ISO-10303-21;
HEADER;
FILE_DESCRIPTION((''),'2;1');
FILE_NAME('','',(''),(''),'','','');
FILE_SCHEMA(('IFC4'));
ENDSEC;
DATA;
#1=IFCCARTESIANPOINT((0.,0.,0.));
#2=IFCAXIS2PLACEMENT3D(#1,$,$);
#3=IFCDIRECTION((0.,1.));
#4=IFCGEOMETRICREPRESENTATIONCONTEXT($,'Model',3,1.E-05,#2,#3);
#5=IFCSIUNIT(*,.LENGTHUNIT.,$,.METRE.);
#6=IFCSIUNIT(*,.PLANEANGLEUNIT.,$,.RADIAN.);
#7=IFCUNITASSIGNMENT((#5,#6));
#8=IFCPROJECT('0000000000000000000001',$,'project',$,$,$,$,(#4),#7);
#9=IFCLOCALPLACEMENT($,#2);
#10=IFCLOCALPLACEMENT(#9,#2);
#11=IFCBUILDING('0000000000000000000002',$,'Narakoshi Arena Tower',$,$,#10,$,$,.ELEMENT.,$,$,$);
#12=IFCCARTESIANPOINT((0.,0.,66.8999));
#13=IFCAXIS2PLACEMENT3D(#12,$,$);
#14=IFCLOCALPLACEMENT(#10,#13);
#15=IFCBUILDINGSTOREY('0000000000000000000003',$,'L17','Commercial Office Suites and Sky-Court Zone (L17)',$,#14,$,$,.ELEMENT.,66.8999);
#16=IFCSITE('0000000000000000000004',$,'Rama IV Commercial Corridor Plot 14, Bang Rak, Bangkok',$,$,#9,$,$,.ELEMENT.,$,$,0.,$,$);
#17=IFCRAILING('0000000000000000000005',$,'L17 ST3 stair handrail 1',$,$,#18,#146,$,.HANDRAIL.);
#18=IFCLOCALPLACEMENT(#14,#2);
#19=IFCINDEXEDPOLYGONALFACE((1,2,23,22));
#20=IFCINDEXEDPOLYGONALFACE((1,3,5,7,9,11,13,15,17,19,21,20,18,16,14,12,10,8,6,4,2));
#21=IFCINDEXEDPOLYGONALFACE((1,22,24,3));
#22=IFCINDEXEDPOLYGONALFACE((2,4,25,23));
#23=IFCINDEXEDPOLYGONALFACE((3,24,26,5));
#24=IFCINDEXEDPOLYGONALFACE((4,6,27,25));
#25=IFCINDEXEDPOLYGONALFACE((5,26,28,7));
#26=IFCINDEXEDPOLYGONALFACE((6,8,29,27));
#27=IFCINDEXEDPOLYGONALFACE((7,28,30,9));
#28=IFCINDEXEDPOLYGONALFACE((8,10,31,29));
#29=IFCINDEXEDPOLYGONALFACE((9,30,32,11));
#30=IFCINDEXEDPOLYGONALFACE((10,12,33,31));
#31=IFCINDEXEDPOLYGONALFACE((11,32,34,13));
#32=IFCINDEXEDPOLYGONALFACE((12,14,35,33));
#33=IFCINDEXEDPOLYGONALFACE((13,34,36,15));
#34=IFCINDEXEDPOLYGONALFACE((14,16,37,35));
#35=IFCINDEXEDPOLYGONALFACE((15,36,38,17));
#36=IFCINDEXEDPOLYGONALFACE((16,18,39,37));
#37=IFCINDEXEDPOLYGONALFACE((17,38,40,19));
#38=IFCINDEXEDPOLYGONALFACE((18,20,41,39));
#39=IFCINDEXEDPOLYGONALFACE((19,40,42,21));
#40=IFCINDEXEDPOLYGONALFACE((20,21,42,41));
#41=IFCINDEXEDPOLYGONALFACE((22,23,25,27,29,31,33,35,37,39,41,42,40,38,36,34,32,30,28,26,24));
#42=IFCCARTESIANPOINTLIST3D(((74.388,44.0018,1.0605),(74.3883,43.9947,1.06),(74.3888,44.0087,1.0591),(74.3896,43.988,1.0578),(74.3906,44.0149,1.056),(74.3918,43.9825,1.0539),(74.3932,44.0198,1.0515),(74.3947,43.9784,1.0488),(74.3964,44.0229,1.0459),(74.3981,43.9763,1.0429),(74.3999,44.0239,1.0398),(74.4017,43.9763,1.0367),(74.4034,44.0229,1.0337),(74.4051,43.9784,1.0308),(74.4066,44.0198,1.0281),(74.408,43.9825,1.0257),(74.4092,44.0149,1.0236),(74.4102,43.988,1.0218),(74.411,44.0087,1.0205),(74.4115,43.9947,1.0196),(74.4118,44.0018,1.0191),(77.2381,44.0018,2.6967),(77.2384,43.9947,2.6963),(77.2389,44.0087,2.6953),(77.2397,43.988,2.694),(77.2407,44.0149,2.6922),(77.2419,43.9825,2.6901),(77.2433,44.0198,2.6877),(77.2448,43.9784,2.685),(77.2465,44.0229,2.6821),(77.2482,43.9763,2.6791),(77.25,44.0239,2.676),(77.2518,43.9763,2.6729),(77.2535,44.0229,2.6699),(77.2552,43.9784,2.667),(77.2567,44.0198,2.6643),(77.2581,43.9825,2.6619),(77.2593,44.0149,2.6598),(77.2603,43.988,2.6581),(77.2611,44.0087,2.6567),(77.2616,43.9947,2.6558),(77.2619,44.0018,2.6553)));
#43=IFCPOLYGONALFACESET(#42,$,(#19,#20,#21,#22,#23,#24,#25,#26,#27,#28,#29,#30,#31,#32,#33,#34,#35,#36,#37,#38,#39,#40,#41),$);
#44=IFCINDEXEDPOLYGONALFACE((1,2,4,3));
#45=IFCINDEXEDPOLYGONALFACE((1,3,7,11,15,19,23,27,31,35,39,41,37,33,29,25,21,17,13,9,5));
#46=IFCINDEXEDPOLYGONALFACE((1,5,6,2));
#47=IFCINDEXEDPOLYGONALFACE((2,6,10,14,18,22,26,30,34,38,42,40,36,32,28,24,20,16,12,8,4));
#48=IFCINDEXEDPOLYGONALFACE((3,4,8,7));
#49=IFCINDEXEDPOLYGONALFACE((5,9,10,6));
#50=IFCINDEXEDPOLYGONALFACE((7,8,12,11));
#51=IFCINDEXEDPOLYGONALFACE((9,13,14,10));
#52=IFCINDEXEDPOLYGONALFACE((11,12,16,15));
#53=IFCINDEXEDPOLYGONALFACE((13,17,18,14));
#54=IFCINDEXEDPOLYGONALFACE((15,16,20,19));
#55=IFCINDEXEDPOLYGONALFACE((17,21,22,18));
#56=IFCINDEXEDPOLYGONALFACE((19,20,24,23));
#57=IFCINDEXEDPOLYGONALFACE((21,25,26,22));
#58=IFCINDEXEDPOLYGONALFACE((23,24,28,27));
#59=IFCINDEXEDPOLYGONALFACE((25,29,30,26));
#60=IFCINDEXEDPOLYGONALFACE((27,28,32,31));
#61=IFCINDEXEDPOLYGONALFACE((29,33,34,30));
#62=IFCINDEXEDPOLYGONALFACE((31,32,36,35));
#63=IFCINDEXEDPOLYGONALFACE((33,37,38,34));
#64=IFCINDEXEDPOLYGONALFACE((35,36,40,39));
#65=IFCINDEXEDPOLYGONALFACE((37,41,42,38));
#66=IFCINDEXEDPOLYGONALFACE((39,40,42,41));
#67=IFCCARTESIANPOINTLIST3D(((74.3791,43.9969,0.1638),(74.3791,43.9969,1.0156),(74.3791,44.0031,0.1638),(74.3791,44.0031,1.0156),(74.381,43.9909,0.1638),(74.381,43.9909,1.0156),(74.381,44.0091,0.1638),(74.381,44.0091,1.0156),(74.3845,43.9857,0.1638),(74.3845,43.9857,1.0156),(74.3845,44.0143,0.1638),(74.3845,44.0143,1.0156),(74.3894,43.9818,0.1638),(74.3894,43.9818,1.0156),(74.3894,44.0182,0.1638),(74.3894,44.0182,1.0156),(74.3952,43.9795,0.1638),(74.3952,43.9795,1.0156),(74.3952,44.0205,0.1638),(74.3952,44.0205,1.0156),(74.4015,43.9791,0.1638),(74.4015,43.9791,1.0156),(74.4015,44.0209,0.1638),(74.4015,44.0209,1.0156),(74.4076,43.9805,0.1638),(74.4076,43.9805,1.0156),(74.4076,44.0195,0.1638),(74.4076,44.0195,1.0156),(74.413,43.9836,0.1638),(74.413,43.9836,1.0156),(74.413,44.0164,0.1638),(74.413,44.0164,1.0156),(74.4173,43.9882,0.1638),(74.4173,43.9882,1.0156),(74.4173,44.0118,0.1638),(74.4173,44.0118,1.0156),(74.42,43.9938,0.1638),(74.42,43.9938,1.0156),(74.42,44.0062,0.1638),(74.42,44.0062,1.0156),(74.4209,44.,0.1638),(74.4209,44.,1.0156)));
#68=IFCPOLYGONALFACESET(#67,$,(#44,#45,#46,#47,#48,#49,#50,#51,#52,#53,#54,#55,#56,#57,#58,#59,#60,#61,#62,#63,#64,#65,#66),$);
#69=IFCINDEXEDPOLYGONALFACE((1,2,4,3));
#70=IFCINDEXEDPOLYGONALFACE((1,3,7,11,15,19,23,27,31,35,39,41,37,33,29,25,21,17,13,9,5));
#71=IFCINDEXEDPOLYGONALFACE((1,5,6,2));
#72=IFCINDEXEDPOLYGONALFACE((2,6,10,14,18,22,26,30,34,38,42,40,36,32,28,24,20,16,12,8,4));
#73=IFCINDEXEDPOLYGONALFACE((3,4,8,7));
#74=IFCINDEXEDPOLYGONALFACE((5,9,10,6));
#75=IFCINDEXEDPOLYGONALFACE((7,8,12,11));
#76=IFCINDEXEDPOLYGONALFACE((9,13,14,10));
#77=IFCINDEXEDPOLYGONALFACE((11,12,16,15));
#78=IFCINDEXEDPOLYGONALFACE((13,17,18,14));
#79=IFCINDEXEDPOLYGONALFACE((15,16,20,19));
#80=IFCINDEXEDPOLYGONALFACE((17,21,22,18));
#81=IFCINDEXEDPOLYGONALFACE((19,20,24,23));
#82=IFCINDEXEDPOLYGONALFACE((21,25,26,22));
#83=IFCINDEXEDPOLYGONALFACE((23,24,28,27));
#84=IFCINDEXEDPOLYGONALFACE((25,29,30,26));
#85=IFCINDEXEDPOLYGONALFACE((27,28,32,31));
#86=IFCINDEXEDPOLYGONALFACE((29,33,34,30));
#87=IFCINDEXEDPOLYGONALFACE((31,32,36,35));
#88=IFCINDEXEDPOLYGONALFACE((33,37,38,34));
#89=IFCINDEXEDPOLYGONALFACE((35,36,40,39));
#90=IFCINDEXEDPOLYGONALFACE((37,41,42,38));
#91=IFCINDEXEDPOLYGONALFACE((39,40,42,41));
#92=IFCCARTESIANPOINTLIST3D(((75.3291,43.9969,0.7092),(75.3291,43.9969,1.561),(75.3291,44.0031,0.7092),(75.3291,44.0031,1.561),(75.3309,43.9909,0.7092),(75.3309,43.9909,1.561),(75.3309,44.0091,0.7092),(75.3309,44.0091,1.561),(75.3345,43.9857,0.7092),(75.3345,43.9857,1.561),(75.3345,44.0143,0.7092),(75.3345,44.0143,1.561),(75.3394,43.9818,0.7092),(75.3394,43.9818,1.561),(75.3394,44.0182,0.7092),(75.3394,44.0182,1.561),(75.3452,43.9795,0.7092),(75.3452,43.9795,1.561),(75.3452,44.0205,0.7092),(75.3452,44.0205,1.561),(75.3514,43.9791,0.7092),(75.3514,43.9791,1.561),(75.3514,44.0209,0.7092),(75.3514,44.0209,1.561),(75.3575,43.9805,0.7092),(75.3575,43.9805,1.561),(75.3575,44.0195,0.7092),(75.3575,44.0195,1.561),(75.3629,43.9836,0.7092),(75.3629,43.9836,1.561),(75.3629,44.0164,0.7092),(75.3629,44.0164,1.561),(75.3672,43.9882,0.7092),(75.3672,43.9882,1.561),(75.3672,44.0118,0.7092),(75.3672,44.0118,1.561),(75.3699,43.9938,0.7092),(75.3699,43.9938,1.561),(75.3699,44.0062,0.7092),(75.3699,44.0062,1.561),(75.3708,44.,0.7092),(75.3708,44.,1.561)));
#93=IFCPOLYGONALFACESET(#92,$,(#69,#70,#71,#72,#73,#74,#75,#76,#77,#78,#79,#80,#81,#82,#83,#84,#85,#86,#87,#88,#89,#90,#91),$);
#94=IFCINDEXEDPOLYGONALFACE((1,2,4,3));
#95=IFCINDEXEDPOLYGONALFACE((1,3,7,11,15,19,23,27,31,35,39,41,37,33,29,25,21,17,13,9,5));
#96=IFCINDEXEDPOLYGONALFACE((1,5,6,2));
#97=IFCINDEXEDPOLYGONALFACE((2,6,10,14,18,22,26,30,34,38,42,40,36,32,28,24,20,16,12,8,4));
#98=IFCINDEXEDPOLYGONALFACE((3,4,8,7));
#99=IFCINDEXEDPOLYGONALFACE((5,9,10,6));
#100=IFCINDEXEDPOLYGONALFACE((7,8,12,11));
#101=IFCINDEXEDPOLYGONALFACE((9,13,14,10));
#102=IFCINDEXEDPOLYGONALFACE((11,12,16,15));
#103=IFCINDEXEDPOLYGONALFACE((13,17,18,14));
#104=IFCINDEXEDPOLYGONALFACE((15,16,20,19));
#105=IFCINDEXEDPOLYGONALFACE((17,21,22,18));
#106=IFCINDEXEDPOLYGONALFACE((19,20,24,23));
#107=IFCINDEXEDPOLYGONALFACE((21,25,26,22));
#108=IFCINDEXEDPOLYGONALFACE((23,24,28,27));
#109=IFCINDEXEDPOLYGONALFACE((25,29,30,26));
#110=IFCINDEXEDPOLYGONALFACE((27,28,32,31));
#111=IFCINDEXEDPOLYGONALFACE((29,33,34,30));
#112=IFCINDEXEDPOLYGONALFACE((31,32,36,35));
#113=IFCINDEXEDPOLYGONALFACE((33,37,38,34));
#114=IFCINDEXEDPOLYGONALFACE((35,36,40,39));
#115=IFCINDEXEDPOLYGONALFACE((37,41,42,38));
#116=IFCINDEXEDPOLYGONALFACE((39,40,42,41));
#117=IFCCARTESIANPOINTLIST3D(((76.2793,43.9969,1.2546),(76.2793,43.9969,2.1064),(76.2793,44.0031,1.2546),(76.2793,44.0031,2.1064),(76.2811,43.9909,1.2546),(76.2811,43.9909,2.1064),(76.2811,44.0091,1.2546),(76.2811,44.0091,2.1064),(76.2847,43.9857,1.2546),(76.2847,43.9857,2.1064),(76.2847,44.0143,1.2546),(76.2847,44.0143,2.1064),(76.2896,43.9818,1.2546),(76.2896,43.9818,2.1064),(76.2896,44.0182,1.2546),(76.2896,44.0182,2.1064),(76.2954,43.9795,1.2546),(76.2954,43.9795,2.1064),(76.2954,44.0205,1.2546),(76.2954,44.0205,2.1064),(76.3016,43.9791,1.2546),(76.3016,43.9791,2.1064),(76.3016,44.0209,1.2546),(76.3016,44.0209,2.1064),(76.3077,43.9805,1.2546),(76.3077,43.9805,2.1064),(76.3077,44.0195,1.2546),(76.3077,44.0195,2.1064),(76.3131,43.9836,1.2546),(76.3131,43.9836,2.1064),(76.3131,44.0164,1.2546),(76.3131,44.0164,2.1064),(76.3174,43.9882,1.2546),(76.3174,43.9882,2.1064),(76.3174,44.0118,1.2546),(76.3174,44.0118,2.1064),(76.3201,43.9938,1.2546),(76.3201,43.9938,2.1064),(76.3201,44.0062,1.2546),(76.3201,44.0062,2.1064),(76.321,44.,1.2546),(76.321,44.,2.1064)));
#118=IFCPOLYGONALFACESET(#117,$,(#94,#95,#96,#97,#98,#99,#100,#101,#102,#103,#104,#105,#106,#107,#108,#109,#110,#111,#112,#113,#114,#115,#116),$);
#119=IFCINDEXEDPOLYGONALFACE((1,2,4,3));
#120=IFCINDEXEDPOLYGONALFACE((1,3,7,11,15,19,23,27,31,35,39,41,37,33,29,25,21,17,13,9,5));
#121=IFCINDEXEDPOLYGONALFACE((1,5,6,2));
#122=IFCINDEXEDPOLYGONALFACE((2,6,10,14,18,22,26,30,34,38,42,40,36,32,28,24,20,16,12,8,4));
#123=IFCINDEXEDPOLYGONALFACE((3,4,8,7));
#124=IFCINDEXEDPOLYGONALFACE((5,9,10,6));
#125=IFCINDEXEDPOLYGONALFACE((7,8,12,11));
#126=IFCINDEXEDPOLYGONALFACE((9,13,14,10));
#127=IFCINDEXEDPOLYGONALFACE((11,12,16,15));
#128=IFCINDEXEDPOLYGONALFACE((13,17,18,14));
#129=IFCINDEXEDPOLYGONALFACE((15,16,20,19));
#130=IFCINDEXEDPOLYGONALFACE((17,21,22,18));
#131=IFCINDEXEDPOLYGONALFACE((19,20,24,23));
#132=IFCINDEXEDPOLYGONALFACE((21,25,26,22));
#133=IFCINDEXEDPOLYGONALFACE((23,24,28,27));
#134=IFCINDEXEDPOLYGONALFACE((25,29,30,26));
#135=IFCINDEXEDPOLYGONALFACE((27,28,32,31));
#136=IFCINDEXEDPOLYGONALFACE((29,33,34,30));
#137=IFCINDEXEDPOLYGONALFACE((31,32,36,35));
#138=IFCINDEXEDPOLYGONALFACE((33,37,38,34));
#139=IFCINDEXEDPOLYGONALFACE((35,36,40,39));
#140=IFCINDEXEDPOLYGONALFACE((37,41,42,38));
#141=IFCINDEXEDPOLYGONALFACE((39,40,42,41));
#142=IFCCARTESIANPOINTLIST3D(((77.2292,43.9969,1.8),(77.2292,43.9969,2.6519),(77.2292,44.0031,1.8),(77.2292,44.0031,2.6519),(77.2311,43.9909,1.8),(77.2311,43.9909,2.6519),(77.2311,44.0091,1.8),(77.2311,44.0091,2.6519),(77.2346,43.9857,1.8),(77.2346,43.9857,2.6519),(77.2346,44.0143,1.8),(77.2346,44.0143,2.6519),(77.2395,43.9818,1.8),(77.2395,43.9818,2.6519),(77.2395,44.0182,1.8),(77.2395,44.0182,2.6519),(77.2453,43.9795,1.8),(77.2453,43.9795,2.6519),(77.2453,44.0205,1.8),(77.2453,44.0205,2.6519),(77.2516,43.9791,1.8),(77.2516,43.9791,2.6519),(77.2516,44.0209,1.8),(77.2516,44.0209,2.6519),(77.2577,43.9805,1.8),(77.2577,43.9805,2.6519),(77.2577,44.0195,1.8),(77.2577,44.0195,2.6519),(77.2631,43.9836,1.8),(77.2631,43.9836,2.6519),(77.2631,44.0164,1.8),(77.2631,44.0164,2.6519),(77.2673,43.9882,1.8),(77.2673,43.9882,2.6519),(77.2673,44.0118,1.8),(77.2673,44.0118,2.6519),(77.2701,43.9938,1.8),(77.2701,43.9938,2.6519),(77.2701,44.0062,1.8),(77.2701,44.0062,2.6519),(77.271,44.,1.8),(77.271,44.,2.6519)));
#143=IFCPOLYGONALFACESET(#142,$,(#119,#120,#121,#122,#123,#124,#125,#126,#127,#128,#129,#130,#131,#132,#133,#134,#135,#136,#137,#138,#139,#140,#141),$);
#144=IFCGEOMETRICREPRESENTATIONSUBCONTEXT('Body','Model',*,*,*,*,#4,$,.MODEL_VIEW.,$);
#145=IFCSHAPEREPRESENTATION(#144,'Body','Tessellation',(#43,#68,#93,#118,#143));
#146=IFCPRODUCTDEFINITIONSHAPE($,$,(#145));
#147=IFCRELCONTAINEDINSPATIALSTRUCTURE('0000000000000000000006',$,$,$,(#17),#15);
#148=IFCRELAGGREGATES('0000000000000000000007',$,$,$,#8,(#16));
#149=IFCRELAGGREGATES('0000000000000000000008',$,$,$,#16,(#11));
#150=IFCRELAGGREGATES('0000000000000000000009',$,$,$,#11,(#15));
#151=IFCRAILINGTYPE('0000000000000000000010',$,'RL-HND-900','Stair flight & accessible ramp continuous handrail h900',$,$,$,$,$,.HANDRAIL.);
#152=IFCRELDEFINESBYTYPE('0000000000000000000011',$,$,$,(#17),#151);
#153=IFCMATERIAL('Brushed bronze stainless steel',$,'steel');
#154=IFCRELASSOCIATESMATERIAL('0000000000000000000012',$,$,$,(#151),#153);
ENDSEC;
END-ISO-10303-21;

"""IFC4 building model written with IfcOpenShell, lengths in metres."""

from ifc_helpers import new_model, si_unit, direction, frame, origin, origin_2d, place, context, subcontext, project, spatial, circle, extrude, material, type_object, element, save


model = new_model("IFC4")

# Units and contexts
model_context = context("Model", 3, precision=1e-05, world=origin(), true_north=direction((0.0, 1.0)))
body_context = subcontext(model_context, "Body", "Model", "MODEL_VIEW")
ifc_project = project(units=[si_unit("LENGTHUNIT", "METRE"), si_unit("PLANEANGLEUNIT", "RADIAN")], contexts=[model_context])

# Site, building, storey
site_placement = place(None, origin())
site = spatial("IfcSite", under=ifc_project, at=site_placement, Name="Rama IV Commercial Corridor Plot 14, Bang Rak, Bangkok", CompositionType="ELEMENT", RefElevation=0.0)
building_placement = place(site_placement, origin())
building = spatial("IfcBuilding", under=site, at=building_placement, Name="Narakoshi Arena Tower", CompositionType="ELEMENT")
storey_placement = place(building_placement, frame((0.0, 0.0, 66.8999)))
storey = spatial("IfcBuildingStorey", under=building, at=storey_placement, Name="L17", Description="Commercial Office Suites and Sky-Court Zone (L17)", CompositionType="ELEMENT", Elevation=66.8999)

# Shared definitions
ifc_material_1 = material(Name="Brushed bronze stainless steel", Category="steel")

# Railing
railing_type_1 = type_object("IfcRailingType", Name="RL-HND-900", Description="Stair flight & accessible ramp continuous handrail h900", PredefinedType="HANDRAIL", material=ifc_material_1)
railing_1_placement = place(storey_placement, frame((74.3999, 44.0, 0.1638)))
element("IfcRailing", 1, at=railing_1_placement, inside=storey, type_object=railing_type_1, Name="L17 ST3 stair handrail 1", PredefinedType="HANDRAIL", context=body_context, shape_type="SweptSolid", body=[
    extrude(circle(Radius=0.0239, at=origin_2d()), frame((0.0, 0.0, 0.876), z_axis=(0.867245, 0.0, 0.497882), x_axis=(0.0, 1.0, 0.0)), (0.0, 0.0, 1.0), 3.2864),
    extrude(circle(Radius=0.021, at=origin_2d()), origin(), (0.0, 0.0, 1.0), 0.8518),
    extrude(circle(Radius=0.021, at=origin_2d()), frame((0.95, 0.0, 0.5454)), (0.0, 0.0, 1.0), 0.8518),
    extrude(circle(Radius=0.021, at=origin_2d()), frame((1.9001, 0.0, 1.0908)), (0.0, 0.0, 1.0), 0.8518),
    extrude(circle(Radius=0.021, at=origin_2d()), frame((2.8501, 0.0, 1.6362)), (0.0, 0.0, 1.0), 0.8518),
])

save(model, "model.ifc")
